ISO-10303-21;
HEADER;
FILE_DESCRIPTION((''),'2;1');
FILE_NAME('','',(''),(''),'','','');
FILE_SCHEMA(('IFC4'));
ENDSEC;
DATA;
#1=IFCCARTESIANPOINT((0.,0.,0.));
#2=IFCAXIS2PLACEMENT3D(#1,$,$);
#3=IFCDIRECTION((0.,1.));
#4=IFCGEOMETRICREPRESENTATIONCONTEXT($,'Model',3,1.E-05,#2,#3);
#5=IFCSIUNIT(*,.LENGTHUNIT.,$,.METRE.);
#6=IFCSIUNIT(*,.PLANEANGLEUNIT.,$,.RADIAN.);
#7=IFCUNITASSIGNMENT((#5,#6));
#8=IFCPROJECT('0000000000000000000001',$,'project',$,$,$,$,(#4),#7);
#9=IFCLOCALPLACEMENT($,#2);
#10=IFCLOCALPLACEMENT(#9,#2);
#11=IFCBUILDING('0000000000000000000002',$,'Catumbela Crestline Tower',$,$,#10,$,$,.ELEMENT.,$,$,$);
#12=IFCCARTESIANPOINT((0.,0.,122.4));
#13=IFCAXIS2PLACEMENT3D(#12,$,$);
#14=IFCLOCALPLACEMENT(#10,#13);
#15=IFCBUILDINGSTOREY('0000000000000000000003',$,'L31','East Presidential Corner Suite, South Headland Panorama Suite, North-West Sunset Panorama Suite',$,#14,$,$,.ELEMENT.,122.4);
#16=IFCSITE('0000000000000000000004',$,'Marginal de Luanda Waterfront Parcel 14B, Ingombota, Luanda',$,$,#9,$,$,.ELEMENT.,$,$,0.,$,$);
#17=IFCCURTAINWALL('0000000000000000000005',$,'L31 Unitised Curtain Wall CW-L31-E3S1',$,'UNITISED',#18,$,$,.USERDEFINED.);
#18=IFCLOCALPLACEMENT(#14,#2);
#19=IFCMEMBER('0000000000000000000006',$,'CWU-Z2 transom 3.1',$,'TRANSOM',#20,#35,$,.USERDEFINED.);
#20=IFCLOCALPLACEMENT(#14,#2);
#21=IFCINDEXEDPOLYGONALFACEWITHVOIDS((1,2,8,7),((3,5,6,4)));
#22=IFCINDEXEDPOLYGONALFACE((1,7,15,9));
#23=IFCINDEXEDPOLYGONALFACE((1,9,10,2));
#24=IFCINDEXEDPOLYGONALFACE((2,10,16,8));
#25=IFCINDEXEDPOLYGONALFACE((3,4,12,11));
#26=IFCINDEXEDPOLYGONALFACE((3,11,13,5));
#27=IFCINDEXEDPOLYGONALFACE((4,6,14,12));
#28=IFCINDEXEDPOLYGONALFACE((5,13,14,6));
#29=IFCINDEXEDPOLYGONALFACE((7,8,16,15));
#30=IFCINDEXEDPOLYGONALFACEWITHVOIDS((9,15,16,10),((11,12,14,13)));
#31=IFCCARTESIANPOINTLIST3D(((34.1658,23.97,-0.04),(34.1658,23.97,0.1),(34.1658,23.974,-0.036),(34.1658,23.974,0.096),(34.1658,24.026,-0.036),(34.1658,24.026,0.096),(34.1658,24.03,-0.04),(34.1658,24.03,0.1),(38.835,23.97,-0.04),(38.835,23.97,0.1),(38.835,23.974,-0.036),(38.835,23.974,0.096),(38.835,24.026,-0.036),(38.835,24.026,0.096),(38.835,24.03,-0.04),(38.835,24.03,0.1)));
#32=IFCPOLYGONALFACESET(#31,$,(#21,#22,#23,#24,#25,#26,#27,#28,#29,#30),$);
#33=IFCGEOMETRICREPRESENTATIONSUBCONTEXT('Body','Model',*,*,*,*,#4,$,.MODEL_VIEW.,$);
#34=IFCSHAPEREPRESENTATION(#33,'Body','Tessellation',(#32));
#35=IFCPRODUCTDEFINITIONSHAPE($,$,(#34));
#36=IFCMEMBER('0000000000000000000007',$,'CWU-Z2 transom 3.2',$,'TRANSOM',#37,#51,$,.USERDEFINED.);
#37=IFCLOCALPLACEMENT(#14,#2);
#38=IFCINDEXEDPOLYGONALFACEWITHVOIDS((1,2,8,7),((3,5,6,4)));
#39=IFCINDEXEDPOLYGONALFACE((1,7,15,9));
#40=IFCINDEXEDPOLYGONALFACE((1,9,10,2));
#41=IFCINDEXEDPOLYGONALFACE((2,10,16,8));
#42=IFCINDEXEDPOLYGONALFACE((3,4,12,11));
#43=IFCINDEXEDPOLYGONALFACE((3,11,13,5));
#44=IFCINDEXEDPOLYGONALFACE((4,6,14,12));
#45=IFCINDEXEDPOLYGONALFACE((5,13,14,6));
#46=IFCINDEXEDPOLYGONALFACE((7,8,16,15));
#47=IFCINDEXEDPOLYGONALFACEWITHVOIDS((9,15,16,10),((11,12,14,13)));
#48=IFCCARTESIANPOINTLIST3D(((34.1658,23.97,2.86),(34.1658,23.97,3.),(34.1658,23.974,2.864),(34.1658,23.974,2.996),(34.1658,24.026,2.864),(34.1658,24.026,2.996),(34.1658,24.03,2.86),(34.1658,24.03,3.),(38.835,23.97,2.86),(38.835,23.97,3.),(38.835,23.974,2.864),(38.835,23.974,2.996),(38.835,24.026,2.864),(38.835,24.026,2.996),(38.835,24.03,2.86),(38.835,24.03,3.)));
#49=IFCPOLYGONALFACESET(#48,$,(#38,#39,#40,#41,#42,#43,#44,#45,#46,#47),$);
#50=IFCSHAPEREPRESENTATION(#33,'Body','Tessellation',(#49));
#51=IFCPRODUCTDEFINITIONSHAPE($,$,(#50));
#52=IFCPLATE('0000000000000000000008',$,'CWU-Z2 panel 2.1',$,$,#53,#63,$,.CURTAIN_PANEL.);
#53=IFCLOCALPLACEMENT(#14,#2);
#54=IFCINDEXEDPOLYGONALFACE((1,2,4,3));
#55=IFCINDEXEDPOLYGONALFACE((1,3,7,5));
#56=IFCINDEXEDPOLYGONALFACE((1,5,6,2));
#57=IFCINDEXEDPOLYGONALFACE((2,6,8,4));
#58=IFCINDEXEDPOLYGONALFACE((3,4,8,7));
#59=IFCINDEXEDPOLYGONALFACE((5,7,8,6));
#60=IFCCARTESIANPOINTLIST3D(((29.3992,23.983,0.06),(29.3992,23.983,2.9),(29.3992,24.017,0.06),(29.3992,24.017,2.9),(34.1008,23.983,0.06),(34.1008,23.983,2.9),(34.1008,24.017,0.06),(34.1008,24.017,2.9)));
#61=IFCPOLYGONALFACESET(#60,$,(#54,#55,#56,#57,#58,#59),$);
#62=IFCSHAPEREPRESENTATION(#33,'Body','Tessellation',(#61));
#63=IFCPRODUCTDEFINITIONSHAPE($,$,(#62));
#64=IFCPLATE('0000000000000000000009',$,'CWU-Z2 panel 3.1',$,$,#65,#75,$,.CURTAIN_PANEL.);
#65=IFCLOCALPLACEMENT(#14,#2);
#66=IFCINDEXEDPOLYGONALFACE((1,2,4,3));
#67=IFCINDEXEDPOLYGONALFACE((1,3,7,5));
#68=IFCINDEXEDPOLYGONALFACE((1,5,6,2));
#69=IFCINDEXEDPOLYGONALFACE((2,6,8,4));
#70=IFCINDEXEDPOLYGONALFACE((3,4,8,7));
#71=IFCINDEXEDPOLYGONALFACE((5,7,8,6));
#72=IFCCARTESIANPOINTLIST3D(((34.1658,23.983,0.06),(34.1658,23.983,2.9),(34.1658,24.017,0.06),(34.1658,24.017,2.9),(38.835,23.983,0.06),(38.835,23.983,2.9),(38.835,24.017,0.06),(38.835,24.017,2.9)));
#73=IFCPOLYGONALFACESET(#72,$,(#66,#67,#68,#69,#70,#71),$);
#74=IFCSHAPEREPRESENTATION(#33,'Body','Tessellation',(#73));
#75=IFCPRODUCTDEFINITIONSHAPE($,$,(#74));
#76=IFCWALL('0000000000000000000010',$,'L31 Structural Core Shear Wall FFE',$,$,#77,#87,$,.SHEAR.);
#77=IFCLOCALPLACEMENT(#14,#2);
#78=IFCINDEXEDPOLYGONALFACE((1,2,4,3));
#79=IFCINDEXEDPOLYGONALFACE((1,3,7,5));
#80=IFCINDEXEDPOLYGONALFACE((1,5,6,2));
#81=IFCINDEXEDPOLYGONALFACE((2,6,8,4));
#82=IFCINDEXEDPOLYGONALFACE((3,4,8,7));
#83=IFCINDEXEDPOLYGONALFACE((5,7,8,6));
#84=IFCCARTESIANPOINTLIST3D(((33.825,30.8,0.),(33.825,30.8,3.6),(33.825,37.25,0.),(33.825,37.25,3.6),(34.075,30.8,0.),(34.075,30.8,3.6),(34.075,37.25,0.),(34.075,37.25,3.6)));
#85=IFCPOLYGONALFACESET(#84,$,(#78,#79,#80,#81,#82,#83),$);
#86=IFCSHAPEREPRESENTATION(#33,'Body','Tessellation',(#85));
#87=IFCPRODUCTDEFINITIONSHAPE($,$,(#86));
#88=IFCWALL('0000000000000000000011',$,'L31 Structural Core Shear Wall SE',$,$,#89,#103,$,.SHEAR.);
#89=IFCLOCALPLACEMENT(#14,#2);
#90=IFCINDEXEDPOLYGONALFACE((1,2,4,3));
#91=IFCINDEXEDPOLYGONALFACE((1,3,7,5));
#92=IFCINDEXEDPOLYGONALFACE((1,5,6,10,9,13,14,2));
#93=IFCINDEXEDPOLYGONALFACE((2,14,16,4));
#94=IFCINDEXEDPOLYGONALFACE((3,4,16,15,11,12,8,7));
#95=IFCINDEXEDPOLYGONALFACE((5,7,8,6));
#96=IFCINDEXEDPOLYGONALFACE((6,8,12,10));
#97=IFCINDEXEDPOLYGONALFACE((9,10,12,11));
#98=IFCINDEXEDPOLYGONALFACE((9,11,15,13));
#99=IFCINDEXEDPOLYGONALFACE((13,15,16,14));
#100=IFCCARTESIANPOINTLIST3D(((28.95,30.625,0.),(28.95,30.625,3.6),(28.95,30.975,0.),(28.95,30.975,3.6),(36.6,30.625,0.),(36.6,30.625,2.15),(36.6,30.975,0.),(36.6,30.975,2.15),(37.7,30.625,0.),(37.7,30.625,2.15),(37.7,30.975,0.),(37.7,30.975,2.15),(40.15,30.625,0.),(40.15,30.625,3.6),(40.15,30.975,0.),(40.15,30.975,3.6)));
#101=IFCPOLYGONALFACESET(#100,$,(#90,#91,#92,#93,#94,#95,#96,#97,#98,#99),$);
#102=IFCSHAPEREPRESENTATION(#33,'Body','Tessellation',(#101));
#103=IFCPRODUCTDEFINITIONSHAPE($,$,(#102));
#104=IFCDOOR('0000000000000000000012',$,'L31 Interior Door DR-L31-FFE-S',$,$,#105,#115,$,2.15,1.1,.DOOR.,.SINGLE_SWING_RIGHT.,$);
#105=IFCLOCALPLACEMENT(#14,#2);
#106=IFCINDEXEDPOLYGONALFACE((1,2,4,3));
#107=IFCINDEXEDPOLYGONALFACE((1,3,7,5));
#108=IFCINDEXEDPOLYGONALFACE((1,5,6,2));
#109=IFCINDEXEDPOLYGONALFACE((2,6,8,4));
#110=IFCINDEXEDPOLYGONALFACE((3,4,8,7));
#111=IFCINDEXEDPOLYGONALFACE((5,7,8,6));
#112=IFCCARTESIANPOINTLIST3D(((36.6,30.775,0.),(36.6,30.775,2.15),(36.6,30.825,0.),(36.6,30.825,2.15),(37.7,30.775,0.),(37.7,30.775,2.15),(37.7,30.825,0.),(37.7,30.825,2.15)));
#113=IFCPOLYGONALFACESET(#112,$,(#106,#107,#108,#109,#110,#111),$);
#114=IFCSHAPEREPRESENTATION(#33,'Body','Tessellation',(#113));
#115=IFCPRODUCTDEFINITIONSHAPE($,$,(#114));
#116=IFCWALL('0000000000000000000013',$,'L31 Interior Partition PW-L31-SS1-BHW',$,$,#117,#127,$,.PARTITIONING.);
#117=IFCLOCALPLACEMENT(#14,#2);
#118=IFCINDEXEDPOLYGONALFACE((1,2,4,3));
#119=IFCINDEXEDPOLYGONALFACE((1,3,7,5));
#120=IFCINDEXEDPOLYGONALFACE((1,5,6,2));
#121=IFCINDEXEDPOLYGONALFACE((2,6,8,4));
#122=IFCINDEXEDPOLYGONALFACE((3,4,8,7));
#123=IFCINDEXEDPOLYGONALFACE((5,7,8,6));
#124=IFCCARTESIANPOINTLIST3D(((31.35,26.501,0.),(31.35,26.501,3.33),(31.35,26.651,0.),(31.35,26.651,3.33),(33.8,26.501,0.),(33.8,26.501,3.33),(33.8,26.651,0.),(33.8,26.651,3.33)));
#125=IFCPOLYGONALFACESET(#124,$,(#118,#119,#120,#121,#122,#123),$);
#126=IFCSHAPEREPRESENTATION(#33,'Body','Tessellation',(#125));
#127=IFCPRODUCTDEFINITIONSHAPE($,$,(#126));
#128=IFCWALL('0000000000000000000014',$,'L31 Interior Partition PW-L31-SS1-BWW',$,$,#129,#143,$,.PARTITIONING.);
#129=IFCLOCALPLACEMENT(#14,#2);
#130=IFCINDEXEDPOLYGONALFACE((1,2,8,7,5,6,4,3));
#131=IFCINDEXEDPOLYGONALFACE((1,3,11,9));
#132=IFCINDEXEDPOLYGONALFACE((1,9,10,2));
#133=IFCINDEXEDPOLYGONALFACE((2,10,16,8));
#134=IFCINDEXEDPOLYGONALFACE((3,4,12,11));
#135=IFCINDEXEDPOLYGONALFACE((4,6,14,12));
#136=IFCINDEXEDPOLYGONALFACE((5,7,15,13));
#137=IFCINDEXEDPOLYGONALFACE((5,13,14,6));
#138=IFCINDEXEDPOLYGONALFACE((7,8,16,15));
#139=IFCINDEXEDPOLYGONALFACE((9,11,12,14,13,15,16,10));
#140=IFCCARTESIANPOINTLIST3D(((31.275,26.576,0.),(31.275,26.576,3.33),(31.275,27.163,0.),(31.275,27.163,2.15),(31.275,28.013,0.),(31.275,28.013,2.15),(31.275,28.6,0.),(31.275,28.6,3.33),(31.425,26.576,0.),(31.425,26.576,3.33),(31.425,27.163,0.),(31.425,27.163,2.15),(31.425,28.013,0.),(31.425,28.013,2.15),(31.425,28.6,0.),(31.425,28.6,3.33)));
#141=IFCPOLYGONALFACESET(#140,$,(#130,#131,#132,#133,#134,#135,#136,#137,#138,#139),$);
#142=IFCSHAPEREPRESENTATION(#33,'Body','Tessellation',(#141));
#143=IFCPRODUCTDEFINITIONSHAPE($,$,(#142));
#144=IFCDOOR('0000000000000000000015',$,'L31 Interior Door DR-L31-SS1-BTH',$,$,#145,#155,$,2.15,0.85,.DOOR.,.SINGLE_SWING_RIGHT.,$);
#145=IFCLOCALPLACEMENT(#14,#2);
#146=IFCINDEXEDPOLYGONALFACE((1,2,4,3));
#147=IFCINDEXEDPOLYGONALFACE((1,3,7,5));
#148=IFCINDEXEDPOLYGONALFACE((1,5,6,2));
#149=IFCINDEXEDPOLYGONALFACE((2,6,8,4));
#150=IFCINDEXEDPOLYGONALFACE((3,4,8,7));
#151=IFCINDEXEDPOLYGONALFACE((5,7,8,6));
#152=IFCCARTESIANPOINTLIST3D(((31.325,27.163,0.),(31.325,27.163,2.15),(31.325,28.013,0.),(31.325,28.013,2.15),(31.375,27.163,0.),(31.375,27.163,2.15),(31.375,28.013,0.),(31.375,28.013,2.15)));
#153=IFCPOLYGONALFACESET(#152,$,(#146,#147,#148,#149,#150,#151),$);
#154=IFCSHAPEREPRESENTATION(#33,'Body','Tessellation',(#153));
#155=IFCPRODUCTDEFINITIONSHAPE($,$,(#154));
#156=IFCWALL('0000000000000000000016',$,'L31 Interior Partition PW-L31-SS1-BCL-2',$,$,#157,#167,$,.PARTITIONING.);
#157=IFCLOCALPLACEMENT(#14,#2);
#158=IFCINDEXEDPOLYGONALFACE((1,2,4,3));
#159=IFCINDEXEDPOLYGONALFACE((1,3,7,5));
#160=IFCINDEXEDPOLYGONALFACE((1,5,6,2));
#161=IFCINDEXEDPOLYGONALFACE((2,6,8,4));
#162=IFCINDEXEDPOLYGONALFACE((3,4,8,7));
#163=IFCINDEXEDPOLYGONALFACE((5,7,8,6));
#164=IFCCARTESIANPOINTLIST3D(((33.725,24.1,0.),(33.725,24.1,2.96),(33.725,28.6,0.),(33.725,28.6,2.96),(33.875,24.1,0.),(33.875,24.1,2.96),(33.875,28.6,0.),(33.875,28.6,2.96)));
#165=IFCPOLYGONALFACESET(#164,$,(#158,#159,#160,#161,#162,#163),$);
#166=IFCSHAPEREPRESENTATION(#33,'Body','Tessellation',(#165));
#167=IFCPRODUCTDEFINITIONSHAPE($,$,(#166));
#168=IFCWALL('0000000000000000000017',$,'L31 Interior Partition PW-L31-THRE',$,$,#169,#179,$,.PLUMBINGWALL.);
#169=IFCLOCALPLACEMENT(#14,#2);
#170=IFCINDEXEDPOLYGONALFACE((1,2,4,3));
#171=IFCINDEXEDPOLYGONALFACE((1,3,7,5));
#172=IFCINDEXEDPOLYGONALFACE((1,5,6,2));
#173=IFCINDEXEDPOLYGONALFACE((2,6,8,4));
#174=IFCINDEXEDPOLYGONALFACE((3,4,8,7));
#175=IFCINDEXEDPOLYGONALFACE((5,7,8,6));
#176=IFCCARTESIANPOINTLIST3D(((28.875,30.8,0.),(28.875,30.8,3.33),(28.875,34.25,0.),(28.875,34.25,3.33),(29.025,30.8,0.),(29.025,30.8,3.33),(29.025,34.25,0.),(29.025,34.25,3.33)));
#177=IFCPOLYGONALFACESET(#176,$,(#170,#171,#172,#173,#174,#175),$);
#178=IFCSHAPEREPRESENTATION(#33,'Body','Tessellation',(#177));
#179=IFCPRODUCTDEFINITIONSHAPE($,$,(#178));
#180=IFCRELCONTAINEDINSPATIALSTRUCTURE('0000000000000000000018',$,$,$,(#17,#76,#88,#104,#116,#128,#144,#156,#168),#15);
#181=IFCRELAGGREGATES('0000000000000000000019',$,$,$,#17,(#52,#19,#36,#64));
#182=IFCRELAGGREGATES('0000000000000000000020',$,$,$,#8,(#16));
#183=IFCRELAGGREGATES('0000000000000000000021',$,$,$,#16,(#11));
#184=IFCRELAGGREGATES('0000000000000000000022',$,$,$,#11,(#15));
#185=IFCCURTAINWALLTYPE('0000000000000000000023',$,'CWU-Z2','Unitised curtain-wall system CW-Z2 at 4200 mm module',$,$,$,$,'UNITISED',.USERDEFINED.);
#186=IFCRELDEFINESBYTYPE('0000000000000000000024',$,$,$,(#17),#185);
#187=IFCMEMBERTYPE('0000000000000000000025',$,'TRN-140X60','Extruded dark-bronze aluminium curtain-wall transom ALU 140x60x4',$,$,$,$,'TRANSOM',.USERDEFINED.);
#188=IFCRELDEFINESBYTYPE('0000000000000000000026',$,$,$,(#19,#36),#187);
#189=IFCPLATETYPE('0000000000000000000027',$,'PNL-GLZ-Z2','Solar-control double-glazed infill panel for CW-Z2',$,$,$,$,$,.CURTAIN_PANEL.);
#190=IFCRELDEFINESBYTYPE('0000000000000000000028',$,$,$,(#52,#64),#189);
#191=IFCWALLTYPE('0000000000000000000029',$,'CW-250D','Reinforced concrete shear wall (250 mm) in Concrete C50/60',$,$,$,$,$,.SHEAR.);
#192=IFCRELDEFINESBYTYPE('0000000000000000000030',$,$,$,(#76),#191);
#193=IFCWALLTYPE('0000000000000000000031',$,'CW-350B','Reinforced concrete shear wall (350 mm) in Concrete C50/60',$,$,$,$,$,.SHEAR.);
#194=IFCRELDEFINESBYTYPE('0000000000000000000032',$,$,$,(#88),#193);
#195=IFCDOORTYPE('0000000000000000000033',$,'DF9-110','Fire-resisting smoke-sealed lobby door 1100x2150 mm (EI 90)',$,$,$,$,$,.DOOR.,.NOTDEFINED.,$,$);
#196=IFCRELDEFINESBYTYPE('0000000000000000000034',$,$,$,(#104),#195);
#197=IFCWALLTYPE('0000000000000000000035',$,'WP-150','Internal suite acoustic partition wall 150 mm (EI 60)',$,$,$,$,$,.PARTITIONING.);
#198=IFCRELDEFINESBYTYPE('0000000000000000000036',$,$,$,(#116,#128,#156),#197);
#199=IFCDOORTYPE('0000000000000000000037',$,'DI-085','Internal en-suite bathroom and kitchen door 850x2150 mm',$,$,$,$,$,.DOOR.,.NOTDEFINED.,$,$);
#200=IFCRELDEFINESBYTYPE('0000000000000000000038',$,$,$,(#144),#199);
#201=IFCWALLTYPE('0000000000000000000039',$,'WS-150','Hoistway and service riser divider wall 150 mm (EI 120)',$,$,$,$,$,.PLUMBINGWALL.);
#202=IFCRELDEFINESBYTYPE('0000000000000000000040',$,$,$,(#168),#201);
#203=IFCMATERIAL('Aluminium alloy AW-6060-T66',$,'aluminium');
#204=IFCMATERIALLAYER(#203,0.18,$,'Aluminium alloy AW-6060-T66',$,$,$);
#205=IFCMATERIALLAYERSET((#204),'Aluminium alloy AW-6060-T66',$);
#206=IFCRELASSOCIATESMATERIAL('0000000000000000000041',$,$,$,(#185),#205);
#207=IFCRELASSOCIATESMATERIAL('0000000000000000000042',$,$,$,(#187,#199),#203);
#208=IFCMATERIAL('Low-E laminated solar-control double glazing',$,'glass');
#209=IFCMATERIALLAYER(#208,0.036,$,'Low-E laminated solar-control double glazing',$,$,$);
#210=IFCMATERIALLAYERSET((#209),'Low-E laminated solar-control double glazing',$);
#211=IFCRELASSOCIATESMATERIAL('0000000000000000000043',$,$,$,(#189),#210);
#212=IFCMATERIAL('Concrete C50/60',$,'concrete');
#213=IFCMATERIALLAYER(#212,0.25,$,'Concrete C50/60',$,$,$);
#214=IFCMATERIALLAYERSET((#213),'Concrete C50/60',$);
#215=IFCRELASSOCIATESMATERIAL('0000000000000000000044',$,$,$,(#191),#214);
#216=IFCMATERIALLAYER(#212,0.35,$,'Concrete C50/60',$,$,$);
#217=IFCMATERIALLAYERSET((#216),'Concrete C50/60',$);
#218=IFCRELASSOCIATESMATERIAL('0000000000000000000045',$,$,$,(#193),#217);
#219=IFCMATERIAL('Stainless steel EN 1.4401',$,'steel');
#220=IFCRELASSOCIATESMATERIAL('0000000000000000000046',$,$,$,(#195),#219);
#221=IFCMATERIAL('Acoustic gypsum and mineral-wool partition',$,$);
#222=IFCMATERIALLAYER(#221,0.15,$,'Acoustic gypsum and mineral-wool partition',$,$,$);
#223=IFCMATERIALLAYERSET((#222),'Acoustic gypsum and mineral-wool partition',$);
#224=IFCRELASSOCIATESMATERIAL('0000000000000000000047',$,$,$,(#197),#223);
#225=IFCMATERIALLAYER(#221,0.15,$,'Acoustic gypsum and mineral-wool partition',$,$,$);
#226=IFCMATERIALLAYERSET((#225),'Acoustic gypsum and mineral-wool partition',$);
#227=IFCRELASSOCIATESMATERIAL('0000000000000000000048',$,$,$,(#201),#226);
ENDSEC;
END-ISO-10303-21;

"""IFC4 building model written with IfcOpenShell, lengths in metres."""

from ifc_helpers import new_model, si_unit, direction, frame, frame_2d, origin, origin_2d, place, context, subcontext, project, spatial, rectangle, hollow_rectangle, extrude, material, layer, layer_set, material_profile, profile_set, type_object, element, fill, aggregate, save


model = new_model("IFC4")

# Units and contexts
model_context = context("Model", 3, precision=1e-05, world=origin(), true_north=direction((0.0, 1.0)))
body_context = subcontext(model_context, "Body", "Model", "MODEL_VIEW")
ifc_project = project(units=[si_unit("LENGTHUNIT", "METRE"), si_unit("PLANEANGLEUNIT", "RADIAN")], contexts=[model_context])

# Site, building, storey
site_placement = place(None, origin())
site = spatial("IfcSite", under=ifc_project, at=site_placement, Name="Marginal de Luanda Waterfront Parcel 14B, Ingombota, Luanda", CompositionType="ELEMENT", RefElevation=0.0)
building_placement = place(site_placement, origin())
building = spatial("IfcBuilding", under=site, at=building_placement, Name="Catumbela Crestline Tower", CompositionType="ELEMENT")
storey_placement = place(building_placement, frame((0.0, 0.0, 122.4)))
storey = spatial("IfcBuildingStorey", under=building, at=storey_placement, Name="L31", Description="East Presidential Corner Suite, South Headland Panorama Suite, North-West Sunset Panorama Suite", CompositionType="ELEMENT", Elevation=122.4)

# Shared definitions
ifc_material_1 = material(Name="Concrete C50/60", Category="concrete")

# Curtain wall
ifc_material_2 = material(Name="Aluminium alloy AW-6060-T66", Category="aluminium")
ifc_layer_1 = layer(ifc_material_2, 0.18, Name="Aluminium alloy AW-6060-T66")
ifc_layer_set_1 = layer_set([ifc_layer_1], Name="Aluminium alloy AW-6060-T66")
curtain_wall_type = type_object("IfcCurtainWallType", Name="CWU-Z2", Description="Unitised curtain-wall system CW-Z2 at 4200 mm module", ElementType="UNITISED", PredefinedType="USERDEFINED", material=ifc_layer_set_1)
curtain_wall_placement = place(storey_placement, origin())
curtain_wall = element("IfcCurtainWall", 1, at=curtain_wall_placement, inside=storey, type_object=curtain_wall_type, Name="L31 Unitised Curtain Wall CW-L31-E3S1", ObjectType="UNITISED", PredefinedType="USERDEFINED")

# Members
ifc_material_profile_1 = material_profile(ifc_material_2, hollow_rectangle(XDim=0.06, YDim=0.14, WallThickness=0.004, at=origin_2d()), Name="ALU 140x60x4")
ifc_profile_set_1 = profile_set([ifc_material_profile_1], Name="Aluminium alloy AW-6060-T66")
member_type_1 = type_object("IfcMemberType", Name="TRN-140X60", Description="Extruded dark-bronze aluminium curtain-wall transom ALU 140x60x4", ElementType="TRANSOM", PredefinedType="USERDEFINED", material=ifc_profile_set_1)
member_1_placement = place(storey_placement, frame((34.1658, 24.0, 0.03), z_axis=(1.0, 0.0, 0.0), x_axis=(0.0, 1.0, 0.0)))
member_1 = element("IfcMember", 2, at=member_1_placement, type_object=member_type_1, Name="CWU-Z2 transom 3.1", ObjectType="TRANSOM", PredefinedType="USERDEFINED", context=body_context, shape_type="SweptSolid", body=[
    extrude(hollow_rectangle(XDim=0.06, YDim=0.14, WallThickness=0.004, at=origin_2d()), origin(), (0.0, 0.0, 1.0), 4.6692),
])
member_2_placement = place(storey_placement, frame((34.1658, 24.0, 2.93), z_axis=(1.0, 0.0, 0.0), x_axis=(0.0, 1.0, 0.0)))
member_2 = element("IfcMember", 3, at=member_2_placement, type_object=member_type_1, Name="CWU-Z2 transom 3.2", ObjectType="TRANSOM", PredefinedType="USERDEFINED", context=body_context, shape_type="SweptSolid", body=[
    extrude(hollow_rectangle(XDim=0.06, YDim=0.14, WallThickness=0.004, at=origin_2d()), origin(), (0.0, 0.0, 1.0), 4.6692),
])

# Plates
ifc_material_3 = material(Name="Low-E laminated solar-control double glazing", Category="glass")
ifc_layer_2 = layer(ifc_material_3, 0.036, Name="Low-E laminated solar-control double glazing")
ifc_layer_set_2 = layer_set([ifc_layer_2], Name="Low-E laminated solar-control double glazing")
plate_type = type_object("IfcPlateType", Name="PNL-GLZ-Z2", Description="Solar-control double-glazed infill panel for CW-Z2", PredefinedType="CURTAIN_PANEL", material=ifc_layer_set_2)
plate_1_placement = place(storey_placement, frame((31.75, 24.0, 0.06), z_axis=(0.0, 0.0, 1.0), x_axis=(1.0, 0.0, 0.0)))
plate_1 = element("IfcPlate", 4, at=plate_1_placement, type_object=plate_type, Name="CWU-Z2 panel 2.1", PredefinedType="CURTAIN_PANEL", context=body_context, shape_type="SweptSolid", body=[
    extrude(rectangle(XDim=4.7017, YDim=0.034, at=origin_2d()), origin(), (0.0, 0.0, 1.0), 2.84),
])
plate_2_placement = place(storey_placement, frame((36.5004, 24.0, 0.06), z_axis=(0.0, 0.0, 1.0), x_axis=(1.0, 0.0, 0.0)))
plate_2 = element("IfcPlate", 5, at=plate_2_placement, type_object=plate_type, Name="CWU-Z2 panel 3.1", PredefinedType="CURTAIN_PANEL", context=body_context, shape_type="SweptSolid", body=[
    extrude(rectangle(XDim=4.6692, YDim=0.034, at=origin_2d()), origin(), (0.0, 0.0, 1.0), 2.84),
])
aggregate(curtain_wall, [plate_1, member_1, member_2, plate_2])

# Wall
ifc_layer_3 = layer(ifc_material_1, 0.25, Name="Concrete C50/60")
ifc_layer_set_3 = layer_set([ifc_layer_3], Name="Concrete C50/60")
wall_type_1 = type_object("IfcWallType", Name="CW-250D", Description="Reinforced concrete shear wall (250 mm) in Concrete C50/60", PredefinedType="SHEAR", material=ifc_layer_set_3)
wall_1_placement = place(storey_placement, frame((33.95, 30.8, 0.0), z_axis=(0.0, 0.0, 1.0), x_axis=(0.0, 1.0, 0.0)))
element("IfcWall", 6, at=wall_1_placement, inside=storey, type_object=wall_type_1, Name="L31 Structural Core Shear Wall FFE", PredefinedType="SHEAR", context=body_context, shape_type="SweptSolid", body=[
    extrude(rectangle(XDim=6.45, YDim=0.25, at=frame_2d((3.225, 0.0))), origin(), (0.0, 0.0, 1.0), 3.6),
])

# Wall, opening, door
ifc_layer_4 = layer(ifc_material_1, 0.35, Name="Concrete C50/60")
ifc_layer_set_4 = layer_set([ifc_layer_4], Name="Concrete C50/60")
wall_type_2 = type_object("IfcWallType", Name="CW-350B", Description="Reinforced concrete shear wall (350 mm) in Concrete C50/60", PredefinedType="SHEAR", material=ifc_layer_set_4)
wall_2_placement = place(storey_placement, frame((28.95, 30.8, 0.0), z_axis=(0.0, 0.0, 1.0), x_axis=(1.0, 0.0, 0.0)))
wall_2 = element("IfcWall", 7, at=wall_2_placement, inside=storey, type_object=wall_type_2, Name="L31 Structural Core Shear Wall SE", PredefinedType="SHEAR", context=body_context, shape_type="SweptSolid", body=[
    extrude(rectangle(XDim=11.2, YDim=0.35, at=frame_2d((5.6, 0.0))), origin(), (0.0, 0.0, 1.0), 3.6),
])
opening_1_placement = place(wall_2_placement, frame((7.65, 0.0, 0.0)))
opening_1 = element("IfcOpeningElement", 8, at=opening_1_placement, cuts=wall_2, PredefinedType="OPENING", context=body_context, shape_type="SweptSolid", body=[
    extrude(rectangle(XDim=1.1, YDim=2.15, at=frame_2d((0.55, 1.075))), frame((0.0, 0.185, 0.0), z_axis=(0.0, -1.0, 0.0), x_axis=(1.0, 0.0, 0.0)), (0.0, 0.0, 1.0), 0.37),
])
ifc_material_4 = material(Name="Stainless steel EN 1.4401", Category="steel")
door_type_1 = type_object("IfcDoorType", Name="DF9-110", Description="Fire-resisting smoke-sealed lobby door 1100x2150 mm (EI 90)", OperationType="NOTDEFINED", PredefinedType="DOOR", material=ifc_material_4)
door_1_placement = place(opening_1_placement, origin())
door_1 = element("IfcDoor", 9, at=door_1_placement, inside=storey, type_object=door_type_1, Name="L31 Interior Door DR-L31-FFE-S", OperationType="SINGLE_SWING_RIGHT", OverallHeight=2.15, OverallWidth=1.1, PredefinedType="DOOR", context=body_context, shape_type="SweptSolid", body=[
    extrude(rectangle(XDim=1.1, YDim=2.15, at=frame_2d((0.55, 1.075))), frame((0.0, 0.025, 0.0), z_axis=(0.0, -1.0, 0.0), x_axis=(1.0, 0.0, 0.0)), (0.0, 0.0, 1.0), 0.05),
])
fill(opening_1, door_1)

# Wall
ifc_material_5 = material(Name="Acoustic gypsum and mineral-wool partition")
ifc_layer_5 = layer(ifc_material_5, 0.15, Name="Acoustic gypsum and mineral-wool partition")
ifc_layer_set_5 = layer_set([ifc_layer_5], Name="Acoustic gypsum and mineral-wool partition")
wall_type_3 = type_object("IfcWallType", Name="WP-150", Description="Internal suite acoustic partition wall 150 mm (EI 60)", PredefinedType="PARTITIONING", material=ifc_layer_set_5)
wall_3_placement = place(storey_placement, frame((31.35, 26.576, 0.0), z_axis=(0.0, 0.0, 1.0), x_axis=(1.0, 0.0, 0.0)))
element("IfcWall", 10, at=wall_3_placement, inside=storey, type_object=wall_type_3, Name="L31 Interior Partition PW-L31-SS1-BHW", PredefinedType="PARTITIONING", context=body_context, shape_type="SweptSolid", body=[
    extrude(rectangle(XDim=2.45, YDim=0.15, at=frame_2d((1.225, 0.0))), origin(), (0.0, 0.0, 1.0), 3.33),
])

# Wall, opening, door
wall_4_placement = place(storey_placement, frame((31.35, 26.576, 0.0), z_axis=(0.0, 0.0, 1.0), x_axis=(0.0, 1.0, 0.0)))
wall_4 = element("IfcWall", 11, at=wall_4_placement, inside=storey, type_object=wall_type_3, Name="L31 Interior Partition PW-L31-SS1-BWW", PredefinedType="PARTITIONING", context=body_context, shape_type="SweptSolid", body=[
    extrude(rectangle(XDim=2.024, YDim=0.15, at=frame_2d((1.012, 0.0))), origin(), (0.0, 0.0, 1.0), 3.33),
])
opening_2_placement = place(wall_4_placement, frame((0.587, 0.0, 0.0)))
opening_2 = element("IfcOpeningElement", 12, at=opening_2_placement, cuts=wall_4, PredefinedType="OPENING", context=body_context, shape_type="SweptSolid", body=[
    extrude(rectangle(XDim=0.85, YDim=2.15, at=frame_2d((0.425, 1.075))), frame((0.0, 0.085, 0.0), z_axis=(0.0, -1.0, 0.0), x_axis=(1.0, 0.0, 0.0)), (0.0, 0.0, 1.0), 0.17),
])
door_type_2 = type_object("IfcDoorType", Name="DI-085", Description="Internal en-suite bathroom and kitchen door 850x2150 mm", OperationType="NOTDEFINED", PredefinedType="DOOR", material=ifc_material_2)
door_2_placement = place(opening_2_placement, origin())
door_2 = element("IfcDoor", 13, at=door_2_placement, inside=storey, type_object=door_type_2, Name="L31 Interior Door DR-L31-SS1-BTH", OperationType="SINGLE_SWING_RIGHT", OverallHeight=2.15, OverallWidth=0.85, PredefinedType="DOOR", context=body_context, shape_type="SweptSolid", body=[
    extrude(rectangle(XDim=0.85, YDim=2.15, at=frame_2d((0.425, 1.075))), frame((0.0, 0.025, 0.0), z_axis=(0.0, -1.0, 0.0), x_axis=(1.0, 0.0, 0.0)), (0.0, 0.0, 1.0), 0.05),
])
fill(opening_2, door_2)

# Walls
wall_5_placement = place(storey_placement, frame((33.8, 28.6, 0.0), z_axis=(0.0, 0.0, 1.0), x_axis=(0.0, -1.0, 0.0)))
element("IfcWall", 14, at=wall_5_placement, inside=storey, type_object=wall_type_3, Name="L31 Interior Partition PW-L31-SS1-BCL-2", PredefinedType="PARTITIONING", context=body_context, shape_type="SweptSolid", body=[
    extrude(rectangle(XDim=4.5, YDim=0.15, at=frame_2d((2.25, 0.0))), origin(), (0.0, 0.0, 1.0), 2.96),
])
ifc_layer_6 = layer(ifc_material_5, 0.15, Name="Acoustic gypsum and mineral-wool partition")
ifc_layer_set_6 = layer_set([ifc_layer_6], Name="Acoustic gypsum and mineral-wool partition")
wall_type_4 = type_object("IfcWallType", Name="WS-150", Description="Hoistway and service riser divider wall 150 mm (EI 120)", PredefinedType="PLUMBINGWALL", material=ifc_layer_set_6)
wall_6_placement = place(storey_placement, frame((28.95, 30.8, 0.0), z_axis=(0.0, 0.0, 1.0), x_axis=(0.0, 1.0, 0.0)))
element("IfcWall", 15, at=wall_6_placement, inside=storey, type_object=wall_type_4, Name="L31 Interior Partition PW-L31-THRE", PredefinedType="PLUMBINGWALL", context=body_context, shape_type="SweptSolid", body=[
    extrude(rectangle(XDim=3.45, YDim=0.15, at=frame_2d((1.725, 0.0))), origin(), (0.0, 0.0, 1.0), 3.33),
])

save(model, "model.ifc")
